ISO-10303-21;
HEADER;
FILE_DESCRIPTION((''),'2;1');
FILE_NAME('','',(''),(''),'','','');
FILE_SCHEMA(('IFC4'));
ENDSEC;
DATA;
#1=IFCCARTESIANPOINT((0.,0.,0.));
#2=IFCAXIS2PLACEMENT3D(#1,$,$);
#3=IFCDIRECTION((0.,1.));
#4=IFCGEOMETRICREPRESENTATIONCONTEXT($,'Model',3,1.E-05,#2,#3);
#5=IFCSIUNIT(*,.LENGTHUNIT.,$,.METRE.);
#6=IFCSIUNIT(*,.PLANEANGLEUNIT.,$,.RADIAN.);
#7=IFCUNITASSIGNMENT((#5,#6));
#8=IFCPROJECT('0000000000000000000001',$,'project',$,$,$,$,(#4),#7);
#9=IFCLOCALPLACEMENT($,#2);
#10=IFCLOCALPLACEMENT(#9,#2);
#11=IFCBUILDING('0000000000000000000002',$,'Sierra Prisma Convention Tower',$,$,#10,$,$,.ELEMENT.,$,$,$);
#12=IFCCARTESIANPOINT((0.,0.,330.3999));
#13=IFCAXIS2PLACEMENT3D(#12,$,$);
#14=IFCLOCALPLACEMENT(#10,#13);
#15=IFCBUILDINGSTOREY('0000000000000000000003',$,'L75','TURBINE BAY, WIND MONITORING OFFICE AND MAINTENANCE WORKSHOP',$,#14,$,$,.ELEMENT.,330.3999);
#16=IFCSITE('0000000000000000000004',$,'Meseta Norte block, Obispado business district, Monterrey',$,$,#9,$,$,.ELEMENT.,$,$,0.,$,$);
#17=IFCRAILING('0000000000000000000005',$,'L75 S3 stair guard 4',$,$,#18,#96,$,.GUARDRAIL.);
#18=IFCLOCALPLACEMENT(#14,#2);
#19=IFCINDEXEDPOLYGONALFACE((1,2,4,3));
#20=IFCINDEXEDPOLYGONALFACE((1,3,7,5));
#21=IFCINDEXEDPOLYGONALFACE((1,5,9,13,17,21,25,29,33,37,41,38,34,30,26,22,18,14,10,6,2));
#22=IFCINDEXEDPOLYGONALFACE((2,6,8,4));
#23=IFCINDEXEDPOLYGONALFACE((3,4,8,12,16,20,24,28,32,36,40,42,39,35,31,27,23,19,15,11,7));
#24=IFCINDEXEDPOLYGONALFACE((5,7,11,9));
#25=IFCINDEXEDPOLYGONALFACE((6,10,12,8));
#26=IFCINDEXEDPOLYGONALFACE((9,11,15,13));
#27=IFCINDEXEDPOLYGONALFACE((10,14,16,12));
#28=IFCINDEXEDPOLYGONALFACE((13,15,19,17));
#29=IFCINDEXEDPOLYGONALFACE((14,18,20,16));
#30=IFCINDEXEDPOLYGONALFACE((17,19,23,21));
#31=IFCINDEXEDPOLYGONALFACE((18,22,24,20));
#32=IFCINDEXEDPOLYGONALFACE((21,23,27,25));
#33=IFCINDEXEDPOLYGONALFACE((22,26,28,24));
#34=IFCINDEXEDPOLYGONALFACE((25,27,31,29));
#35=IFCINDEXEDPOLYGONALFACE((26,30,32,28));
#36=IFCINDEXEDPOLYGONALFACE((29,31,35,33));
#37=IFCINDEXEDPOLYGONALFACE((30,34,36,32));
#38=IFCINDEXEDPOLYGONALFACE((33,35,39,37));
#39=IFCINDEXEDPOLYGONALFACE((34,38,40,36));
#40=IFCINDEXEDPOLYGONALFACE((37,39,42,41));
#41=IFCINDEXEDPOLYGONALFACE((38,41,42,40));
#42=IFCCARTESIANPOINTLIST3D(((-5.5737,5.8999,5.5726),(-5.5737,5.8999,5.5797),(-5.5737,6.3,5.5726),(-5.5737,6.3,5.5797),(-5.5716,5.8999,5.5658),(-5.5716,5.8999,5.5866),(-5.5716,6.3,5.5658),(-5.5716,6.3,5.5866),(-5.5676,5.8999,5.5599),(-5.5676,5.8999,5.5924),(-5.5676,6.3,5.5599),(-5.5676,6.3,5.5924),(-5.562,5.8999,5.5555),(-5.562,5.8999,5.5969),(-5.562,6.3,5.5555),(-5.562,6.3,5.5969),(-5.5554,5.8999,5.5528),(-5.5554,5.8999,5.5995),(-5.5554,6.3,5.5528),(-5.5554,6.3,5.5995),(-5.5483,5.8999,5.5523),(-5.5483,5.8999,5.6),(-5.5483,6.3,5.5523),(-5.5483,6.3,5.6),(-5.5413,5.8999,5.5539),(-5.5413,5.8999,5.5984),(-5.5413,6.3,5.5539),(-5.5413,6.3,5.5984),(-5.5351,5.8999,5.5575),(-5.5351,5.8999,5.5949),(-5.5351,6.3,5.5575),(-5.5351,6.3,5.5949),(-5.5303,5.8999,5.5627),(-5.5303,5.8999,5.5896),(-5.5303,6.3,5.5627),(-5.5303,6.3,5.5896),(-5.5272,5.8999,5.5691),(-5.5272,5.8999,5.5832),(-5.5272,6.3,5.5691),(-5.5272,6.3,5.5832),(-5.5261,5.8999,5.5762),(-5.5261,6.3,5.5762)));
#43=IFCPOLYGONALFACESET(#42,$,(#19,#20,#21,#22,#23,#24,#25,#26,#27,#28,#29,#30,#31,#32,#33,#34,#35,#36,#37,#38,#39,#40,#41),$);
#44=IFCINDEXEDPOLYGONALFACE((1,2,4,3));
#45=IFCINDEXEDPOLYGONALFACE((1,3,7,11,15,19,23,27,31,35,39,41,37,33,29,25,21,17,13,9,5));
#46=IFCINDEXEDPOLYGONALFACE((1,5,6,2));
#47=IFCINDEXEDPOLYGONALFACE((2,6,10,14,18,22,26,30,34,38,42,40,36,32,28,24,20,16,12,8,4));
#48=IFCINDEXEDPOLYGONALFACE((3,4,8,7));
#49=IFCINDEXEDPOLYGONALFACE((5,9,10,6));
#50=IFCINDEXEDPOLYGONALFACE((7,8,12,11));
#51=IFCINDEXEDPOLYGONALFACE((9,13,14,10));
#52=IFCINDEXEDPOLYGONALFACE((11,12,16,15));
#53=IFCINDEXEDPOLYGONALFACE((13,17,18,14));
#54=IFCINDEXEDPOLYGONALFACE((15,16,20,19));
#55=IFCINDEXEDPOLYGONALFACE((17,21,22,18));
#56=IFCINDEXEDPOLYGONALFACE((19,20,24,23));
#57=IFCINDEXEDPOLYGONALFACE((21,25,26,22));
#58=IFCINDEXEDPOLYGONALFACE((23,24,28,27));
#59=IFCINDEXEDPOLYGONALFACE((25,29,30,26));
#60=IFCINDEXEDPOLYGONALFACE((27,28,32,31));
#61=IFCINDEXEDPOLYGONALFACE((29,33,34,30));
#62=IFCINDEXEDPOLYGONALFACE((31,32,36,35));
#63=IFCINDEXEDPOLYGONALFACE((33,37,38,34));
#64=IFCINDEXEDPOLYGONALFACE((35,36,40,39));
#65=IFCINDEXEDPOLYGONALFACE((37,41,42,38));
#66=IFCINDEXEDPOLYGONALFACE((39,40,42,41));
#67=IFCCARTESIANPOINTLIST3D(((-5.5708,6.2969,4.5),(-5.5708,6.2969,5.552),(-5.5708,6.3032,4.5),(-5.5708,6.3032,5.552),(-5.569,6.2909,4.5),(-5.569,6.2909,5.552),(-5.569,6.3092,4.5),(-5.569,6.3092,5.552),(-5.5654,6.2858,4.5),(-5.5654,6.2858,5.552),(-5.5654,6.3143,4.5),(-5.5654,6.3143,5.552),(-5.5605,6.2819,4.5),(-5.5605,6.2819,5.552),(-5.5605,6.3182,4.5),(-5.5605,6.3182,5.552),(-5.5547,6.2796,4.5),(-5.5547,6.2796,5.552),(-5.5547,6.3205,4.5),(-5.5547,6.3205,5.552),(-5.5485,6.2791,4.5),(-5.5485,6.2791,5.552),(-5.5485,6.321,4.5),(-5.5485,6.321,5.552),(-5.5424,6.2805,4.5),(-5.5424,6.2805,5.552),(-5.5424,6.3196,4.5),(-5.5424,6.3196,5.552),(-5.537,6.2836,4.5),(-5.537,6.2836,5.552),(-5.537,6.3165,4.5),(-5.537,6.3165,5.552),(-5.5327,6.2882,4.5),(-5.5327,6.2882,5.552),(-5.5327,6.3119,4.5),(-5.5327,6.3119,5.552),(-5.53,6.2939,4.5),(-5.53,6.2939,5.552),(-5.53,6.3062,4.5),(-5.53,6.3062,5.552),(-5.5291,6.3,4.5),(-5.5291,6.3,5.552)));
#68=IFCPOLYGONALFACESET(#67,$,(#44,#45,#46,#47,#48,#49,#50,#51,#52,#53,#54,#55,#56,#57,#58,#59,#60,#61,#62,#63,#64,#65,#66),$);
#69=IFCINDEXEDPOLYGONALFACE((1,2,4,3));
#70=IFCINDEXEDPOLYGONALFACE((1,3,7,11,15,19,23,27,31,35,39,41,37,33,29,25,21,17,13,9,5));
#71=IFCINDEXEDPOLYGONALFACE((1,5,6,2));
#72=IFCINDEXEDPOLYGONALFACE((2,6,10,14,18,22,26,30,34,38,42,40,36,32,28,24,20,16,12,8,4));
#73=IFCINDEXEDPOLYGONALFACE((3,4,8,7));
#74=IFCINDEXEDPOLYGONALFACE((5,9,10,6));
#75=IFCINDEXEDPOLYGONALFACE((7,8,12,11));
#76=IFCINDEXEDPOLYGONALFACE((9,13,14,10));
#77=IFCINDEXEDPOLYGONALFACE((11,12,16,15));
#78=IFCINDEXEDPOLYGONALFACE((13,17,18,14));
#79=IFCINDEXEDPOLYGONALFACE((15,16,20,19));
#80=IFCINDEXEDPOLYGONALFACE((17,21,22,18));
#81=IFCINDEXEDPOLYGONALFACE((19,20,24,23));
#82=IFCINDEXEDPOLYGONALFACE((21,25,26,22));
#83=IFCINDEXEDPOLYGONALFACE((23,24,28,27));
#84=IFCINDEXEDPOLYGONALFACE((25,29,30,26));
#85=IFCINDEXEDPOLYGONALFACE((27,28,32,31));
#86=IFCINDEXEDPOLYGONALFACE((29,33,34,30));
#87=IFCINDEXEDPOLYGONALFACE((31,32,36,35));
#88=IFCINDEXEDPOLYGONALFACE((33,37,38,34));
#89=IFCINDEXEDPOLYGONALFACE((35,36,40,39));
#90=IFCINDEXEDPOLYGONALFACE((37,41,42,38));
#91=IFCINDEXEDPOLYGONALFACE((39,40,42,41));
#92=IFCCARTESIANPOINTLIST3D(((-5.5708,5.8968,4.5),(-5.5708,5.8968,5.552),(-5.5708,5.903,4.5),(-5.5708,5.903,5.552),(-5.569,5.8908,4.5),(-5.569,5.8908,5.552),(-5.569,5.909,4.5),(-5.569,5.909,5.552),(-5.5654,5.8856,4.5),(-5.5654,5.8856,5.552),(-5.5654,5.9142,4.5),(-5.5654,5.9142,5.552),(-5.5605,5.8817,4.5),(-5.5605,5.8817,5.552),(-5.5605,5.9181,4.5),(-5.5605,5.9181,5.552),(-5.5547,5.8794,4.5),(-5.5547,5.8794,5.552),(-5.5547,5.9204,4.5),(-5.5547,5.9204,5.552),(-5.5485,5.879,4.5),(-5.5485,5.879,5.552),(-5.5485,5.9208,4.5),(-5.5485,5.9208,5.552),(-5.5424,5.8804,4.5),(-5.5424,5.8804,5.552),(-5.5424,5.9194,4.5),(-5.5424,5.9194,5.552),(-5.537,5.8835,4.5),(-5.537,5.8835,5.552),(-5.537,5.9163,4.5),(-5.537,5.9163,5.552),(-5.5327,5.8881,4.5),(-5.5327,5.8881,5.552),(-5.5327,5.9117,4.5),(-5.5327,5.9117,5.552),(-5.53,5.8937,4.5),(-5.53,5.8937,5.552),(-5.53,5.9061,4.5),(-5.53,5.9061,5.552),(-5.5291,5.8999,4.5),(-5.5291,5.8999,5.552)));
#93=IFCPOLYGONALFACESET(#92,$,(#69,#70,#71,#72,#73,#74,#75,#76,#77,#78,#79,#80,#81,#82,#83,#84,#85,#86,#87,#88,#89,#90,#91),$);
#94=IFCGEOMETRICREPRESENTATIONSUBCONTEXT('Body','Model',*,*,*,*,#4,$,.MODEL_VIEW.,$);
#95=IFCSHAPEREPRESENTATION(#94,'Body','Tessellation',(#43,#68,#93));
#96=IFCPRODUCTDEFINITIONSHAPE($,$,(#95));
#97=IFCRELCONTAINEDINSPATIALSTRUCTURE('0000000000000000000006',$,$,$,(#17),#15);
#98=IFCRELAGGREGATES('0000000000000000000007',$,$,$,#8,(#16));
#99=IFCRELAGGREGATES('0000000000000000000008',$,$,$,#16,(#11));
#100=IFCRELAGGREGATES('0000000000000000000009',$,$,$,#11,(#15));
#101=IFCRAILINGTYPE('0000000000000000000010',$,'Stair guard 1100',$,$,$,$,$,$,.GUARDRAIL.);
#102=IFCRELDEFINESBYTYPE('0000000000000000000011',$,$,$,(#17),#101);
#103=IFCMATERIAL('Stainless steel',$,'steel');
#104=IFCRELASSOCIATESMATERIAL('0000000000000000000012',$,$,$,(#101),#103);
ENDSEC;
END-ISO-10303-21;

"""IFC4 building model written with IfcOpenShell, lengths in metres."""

from ifc_helpers import new_model, si_unit, direction, frame, origin, origin_2d, place, context, subcontext, project, spatial, circle, extrude, material, type_object, element, save


model = new_model("IFC4")

# Units and contexts
model_context = context("Model", 3, precision=1e-05, world=origin(), true_north=direction((0.0, 1.0)))
body_context = subcontext(model_context, "Body", "Model", "MODEL_VIEW")
ifc_project = project(units=[si_unit("LENGTHUNIT", "METRE"), si_unit("PLANEANGLEUNIT", "RADIAN")], contexts=[model_context])

# Site, building, storey
site_placement = place(None, origin())
site = spatial("IfcSite", under=ifc_project, at=site_placement, Name="Meseta Norte block, Obispado business district, Monterrey", CompositionType="ELEMENT", RefElevation=0.0)
building_placement = place(site_placement, origin())
building = spatial("IfcBuilding", under=site, at=building_placement, Name="Sierra Prisma Convention Tower", CompositionType="ELEMENT")
storey_placement = place(building_placement, frame((0.0, 0.0, 330.3999)))
storey = spatial("IfcBuildingStorey", under=building, at=storey_placement, Name="L75", Description="TURBINE BAY, WIND MONITORING OFFICE AND MAINTENANCE WORKSHOP", CompositionType="ELEMENT", Elevation=330.3999)

# Railing
ifc_material_1 = material(Name="Stainless steel", Category="steel")
railing_type_1 = type_object("IfcRailingType", Name="Stair guard 1100", PredefinedType="GUARDRAIL", material=ifc_material_1)
railing_1_placement = place(storey_placement, frame((-5.55, 6.3, 4.5)))
element("IfcRailing", 1, at=railing_1_placement, inside=storey, type_object=railing_type_1, Name="L75 S3 stair guard 4", PredefinedType="GUARDRAIL", context=body_context, shape_type="SweptSolid", body=[
    extrude(circle(Radius=0.0239, at=origin_2d()), frame((0.0, 0.0, 1.0762), z_axis=(0.0, -1.0, 0.0), x_axis=(1.0, 0.0, 0.0)), (0.0, 0.0, 1.0), 0.4001),
    extrude(circle(Radius=0.021, at=origin_2d()), origin(), (0.0, 0.0, 1.0), 1.052),
    extrude(circle(Radius=0.021, at=origin_2d()), frame((0.0, -0.4001, 0.0)), (0.0, 0.0, 1.0), 1.052),
])

save(model, "model.ifc")
